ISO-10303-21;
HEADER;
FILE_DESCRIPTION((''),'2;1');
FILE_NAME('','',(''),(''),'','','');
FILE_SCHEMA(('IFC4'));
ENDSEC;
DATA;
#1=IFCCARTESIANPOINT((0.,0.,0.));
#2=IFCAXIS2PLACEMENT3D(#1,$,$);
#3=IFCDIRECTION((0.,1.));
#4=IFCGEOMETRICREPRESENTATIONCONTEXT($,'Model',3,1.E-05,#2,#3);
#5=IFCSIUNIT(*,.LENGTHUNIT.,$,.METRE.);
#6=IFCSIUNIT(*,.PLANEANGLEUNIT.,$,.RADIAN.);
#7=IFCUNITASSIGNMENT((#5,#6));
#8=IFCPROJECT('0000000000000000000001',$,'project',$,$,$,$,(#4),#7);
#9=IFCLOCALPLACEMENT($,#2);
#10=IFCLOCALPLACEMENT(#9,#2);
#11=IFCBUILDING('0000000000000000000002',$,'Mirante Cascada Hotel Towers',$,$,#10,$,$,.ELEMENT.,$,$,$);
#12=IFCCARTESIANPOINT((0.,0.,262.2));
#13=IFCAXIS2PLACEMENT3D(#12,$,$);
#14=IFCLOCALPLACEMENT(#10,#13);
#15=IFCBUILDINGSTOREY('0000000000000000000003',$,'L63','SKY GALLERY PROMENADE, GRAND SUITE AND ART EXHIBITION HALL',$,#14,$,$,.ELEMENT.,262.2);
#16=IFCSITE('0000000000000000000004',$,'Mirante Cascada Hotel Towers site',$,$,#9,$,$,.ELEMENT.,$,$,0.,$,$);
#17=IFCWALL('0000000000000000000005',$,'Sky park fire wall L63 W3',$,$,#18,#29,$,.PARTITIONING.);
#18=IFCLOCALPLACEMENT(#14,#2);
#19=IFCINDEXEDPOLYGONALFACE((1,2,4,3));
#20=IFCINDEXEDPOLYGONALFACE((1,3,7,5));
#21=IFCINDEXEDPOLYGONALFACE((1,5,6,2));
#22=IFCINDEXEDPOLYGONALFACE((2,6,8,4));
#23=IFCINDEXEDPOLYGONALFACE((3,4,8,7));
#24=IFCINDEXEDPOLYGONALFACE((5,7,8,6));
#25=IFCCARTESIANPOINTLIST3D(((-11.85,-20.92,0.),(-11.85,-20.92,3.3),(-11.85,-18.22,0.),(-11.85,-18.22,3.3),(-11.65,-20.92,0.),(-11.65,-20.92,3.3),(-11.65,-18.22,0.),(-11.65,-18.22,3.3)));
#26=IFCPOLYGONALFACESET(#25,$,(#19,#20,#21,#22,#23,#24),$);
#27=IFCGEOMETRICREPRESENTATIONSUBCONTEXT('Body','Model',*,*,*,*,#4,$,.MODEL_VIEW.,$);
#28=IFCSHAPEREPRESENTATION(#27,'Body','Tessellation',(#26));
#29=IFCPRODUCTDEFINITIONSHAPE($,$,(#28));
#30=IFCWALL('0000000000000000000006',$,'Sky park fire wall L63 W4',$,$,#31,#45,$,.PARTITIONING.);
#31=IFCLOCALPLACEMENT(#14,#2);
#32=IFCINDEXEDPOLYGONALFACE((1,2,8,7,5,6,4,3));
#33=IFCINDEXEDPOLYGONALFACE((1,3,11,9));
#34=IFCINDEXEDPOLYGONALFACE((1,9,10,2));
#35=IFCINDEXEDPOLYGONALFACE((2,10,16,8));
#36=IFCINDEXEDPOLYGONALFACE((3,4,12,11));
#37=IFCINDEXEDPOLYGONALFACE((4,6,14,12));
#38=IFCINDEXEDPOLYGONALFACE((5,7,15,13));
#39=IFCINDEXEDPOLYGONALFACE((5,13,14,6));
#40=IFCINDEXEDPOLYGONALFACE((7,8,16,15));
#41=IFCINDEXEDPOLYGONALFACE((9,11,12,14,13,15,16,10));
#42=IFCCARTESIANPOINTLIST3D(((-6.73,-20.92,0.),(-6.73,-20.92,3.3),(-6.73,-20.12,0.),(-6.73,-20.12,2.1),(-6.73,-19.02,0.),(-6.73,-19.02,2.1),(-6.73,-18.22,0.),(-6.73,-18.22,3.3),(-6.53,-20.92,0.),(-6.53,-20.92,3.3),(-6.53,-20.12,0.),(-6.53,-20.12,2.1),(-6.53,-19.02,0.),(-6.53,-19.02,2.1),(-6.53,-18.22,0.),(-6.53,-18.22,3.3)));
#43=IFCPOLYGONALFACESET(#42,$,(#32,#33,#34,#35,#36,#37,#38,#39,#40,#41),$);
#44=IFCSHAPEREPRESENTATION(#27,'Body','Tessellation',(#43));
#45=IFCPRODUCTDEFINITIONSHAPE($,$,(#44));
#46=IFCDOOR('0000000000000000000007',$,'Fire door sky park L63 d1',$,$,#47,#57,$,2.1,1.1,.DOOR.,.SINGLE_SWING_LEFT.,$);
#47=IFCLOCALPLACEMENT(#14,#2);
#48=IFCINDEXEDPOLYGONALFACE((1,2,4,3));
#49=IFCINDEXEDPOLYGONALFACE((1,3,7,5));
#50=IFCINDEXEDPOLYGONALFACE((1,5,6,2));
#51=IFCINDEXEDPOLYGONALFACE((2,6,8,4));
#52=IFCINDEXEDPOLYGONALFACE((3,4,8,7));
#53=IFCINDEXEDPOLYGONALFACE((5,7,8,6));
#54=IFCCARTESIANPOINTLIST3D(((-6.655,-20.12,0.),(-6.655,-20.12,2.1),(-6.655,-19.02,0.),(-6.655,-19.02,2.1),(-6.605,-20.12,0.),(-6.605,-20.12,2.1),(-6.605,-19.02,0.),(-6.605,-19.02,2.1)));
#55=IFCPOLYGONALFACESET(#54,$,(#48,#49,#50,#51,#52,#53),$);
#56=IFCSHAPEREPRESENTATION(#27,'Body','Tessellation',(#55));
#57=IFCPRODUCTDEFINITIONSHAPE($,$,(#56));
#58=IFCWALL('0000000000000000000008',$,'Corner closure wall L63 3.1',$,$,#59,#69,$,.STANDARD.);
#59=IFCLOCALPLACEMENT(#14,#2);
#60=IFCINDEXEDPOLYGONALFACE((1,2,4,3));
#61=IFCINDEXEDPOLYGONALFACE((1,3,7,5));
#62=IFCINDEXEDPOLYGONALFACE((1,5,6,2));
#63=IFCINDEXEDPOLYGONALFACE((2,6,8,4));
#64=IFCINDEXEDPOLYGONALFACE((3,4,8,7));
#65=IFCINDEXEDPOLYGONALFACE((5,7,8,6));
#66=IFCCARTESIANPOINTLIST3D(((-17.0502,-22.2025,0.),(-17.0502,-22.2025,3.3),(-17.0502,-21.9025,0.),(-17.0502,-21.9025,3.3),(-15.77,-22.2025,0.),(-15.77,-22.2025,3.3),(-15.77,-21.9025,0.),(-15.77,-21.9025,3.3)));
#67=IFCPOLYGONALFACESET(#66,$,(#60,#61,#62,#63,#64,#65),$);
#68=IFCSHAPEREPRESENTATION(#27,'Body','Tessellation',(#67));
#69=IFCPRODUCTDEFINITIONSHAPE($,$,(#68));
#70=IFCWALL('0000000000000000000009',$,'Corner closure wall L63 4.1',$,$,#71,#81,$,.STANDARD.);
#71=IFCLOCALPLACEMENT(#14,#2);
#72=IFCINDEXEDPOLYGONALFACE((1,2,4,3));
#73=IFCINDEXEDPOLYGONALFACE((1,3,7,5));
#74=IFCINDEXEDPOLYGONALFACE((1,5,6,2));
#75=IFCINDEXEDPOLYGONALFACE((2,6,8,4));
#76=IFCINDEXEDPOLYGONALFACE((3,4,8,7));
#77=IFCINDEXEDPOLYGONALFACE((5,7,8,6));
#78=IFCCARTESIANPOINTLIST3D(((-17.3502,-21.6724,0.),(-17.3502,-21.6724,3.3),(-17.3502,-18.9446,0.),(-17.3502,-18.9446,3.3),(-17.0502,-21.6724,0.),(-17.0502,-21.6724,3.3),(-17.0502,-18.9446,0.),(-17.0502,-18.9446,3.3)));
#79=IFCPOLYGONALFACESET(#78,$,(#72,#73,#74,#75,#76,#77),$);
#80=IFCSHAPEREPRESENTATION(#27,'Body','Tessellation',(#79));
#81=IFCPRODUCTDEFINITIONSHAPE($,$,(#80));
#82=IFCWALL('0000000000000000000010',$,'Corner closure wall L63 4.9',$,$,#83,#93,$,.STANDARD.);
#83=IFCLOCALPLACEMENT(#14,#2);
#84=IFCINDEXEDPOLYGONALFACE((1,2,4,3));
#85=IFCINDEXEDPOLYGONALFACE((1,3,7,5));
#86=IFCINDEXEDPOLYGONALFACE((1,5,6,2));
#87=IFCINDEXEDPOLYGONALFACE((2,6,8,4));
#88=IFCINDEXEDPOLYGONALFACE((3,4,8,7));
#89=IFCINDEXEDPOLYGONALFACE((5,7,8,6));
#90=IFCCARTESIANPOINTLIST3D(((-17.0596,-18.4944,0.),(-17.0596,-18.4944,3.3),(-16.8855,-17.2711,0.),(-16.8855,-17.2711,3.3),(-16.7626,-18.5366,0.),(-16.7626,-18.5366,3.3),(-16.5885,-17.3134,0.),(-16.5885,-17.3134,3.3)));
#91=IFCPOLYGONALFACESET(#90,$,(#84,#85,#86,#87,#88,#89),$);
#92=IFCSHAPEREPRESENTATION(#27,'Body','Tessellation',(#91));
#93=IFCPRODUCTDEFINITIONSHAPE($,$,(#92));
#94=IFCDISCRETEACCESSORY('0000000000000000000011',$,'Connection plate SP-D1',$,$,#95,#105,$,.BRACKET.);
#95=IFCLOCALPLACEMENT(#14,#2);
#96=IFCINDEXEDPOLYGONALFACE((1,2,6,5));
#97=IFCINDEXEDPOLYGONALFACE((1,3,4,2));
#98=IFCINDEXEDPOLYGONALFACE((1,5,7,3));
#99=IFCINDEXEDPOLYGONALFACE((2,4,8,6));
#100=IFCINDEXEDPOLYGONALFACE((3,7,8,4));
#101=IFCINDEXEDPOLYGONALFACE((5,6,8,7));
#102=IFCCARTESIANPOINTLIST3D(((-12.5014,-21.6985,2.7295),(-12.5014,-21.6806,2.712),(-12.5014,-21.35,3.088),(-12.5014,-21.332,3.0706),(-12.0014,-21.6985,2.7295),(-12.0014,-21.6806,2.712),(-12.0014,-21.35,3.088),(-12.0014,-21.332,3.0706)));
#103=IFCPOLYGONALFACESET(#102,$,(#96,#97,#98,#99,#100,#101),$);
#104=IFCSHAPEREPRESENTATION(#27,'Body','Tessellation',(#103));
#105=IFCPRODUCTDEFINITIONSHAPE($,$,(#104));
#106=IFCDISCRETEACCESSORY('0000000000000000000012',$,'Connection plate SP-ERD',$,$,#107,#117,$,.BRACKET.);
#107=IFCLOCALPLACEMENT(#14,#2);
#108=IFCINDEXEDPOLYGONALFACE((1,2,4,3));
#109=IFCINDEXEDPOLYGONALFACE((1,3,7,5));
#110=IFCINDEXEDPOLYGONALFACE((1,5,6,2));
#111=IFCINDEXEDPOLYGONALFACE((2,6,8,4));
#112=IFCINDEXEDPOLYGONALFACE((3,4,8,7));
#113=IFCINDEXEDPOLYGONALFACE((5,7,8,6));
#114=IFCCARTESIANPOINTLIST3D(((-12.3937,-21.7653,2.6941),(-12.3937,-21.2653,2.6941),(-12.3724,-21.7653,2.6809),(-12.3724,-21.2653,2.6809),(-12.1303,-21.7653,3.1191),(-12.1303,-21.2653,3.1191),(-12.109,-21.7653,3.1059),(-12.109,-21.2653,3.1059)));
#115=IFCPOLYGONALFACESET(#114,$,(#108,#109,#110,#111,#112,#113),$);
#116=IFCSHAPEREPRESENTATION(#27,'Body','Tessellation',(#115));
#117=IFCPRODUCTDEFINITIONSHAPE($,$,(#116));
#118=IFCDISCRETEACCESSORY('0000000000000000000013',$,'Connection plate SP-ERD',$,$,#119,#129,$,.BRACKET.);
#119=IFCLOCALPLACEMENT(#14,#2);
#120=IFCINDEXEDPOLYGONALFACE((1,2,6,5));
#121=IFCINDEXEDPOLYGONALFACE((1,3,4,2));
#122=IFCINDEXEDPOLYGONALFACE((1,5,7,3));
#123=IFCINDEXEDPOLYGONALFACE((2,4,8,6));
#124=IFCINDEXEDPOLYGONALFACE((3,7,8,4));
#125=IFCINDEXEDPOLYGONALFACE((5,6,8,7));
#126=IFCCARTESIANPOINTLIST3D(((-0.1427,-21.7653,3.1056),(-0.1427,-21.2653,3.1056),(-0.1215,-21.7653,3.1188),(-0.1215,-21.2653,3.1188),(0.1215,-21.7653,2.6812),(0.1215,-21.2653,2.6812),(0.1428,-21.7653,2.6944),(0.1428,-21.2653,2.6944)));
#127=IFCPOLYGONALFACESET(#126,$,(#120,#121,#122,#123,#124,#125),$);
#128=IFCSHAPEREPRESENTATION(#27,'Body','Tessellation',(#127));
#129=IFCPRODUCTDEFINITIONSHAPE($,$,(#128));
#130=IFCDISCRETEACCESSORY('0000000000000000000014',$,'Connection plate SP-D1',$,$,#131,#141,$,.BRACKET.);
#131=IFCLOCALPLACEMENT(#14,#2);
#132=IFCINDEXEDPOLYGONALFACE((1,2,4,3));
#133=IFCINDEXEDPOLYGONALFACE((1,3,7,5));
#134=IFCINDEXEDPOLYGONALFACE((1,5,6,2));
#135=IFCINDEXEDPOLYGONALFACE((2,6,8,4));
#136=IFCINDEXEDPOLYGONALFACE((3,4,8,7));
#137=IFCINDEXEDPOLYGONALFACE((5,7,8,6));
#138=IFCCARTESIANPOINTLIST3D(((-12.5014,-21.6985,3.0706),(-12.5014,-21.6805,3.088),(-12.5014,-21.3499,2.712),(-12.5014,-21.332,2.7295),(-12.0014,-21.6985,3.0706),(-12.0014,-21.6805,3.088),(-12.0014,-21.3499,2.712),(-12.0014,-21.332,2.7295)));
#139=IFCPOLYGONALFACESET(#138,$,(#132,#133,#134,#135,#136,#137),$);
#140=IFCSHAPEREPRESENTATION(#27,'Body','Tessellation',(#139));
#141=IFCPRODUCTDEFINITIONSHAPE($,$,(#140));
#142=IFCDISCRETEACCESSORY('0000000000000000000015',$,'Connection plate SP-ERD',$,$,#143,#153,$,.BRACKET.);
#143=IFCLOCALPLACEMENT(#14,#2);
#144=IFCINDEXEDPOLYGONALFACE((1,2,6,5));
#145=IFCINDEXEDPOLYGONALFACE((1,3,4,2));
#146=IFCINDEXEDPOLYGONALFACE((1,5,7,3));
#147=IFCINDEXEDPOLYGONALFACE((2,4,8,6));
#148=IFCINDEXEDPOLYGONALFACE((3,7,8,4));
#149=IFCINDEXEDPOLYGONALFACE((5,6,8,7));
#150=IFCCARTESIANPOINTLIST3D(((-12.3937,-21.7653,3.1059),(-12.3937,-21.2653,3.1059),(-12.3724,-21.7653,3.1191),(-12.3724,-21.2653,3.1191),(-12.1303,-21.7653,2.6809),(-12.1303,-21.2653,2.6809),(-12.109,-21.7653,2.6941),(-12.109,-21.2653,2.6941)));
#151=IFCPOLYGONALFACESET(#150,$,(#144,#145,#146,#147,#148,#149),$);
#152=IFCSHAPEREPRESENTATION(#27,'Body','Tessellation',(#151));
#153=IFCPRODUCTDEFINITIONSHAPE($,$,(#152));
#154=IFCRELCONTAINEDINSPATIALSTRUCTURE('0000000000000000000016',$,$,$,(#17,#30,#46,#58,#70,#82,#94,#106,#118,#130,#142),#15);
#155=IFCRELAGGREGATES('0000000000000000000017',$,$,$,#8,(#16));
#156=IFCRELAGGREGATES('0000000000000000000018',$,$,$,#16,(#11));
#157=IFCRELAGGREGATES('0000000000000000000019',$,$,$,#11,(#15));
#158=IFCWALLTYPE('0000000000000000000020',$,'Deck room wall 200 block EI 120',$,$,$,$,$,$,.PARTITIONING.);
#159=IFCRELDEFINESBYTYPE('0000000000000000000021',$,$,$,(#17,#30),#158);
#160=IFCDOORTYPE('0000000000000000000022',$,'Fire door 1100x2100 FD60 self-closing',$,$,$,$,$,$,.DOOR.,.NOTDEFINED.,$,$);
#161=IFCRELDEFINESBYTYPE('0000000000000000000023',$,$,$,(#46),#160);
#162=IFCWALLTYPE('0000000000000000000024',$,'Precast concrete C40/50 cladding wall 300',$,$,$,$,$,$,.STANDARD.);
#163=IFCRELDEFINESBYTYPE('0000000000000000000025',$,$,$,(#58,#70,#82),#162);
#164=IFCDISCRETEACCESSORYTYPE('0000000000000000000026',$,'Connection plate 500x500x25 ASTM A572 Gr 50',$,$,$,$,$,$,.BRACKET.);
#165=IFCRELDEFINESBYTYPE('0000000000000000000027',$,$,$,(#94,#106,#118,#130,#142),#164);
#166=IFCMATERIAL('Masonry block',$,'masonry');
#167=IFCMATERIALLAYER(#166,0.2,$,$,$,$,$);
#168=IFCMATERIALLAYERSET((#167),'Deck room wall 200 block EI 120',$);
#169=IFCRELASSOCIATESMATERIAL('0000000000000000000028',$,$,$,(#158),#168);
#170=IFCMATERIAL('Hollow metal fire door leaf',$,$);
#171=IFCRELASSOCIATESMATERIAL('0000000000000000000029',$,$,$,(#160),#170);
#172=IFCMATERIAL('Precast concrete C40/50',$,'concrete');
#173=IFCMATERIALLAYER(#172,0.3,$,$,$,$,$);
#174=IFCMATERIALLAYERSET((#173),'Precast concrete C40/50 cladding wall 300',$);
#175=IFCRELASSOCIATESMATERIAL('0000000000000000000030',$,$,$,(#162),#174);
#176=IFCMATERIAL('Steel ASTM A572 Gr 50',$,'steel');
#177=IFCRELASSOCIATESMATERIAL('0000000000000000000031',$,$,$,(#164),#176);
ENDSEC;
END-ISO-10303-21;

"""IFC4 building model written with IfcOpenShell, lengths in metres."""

from ifc_helpers import new_model, si_unit, direction, frame, frame_2d, origin, origin_2d, place, context, subcontext, project, spatial, rectangle, extrude, material, layer, layer_set, material_profile, profile_set, type_object, element, fill, save


model = new_model("IFC4")

# Units and contexts
model_context = context("Model", 3, precision=1e-05, world=origin(), true_north=direction((0.0, 1.0)))
body_context = subcontext(model_context, "Body", "Model", "MODEL_VIEW")
ifc_project = project(units=[si_unit("LENGTHUNIT", "METRE"), si_unit("PLANEANGLEUNIT", "RADIAN")], contexts=[model_context])

# Site, building, storey
site_placement = place(None, origin())
site = spatial("IfcSite", under=ifc_project, at=site_placement, Name="Mirante Cascada Hotel Towers site", CompositionType="ELEMENT", RefElevation=0.0)
building_placement = place(site_placement, origin())
building = spatial("IfcBuilding", under=site, at=building_placement, Name="Mirante Cascada Hotel Towers", CompositionType="ELEMENT")
storey_placement = place(building_placement, frame((0.0, 0.0, 262.2)))
storey = spatial("IfcBuildingStorey", under=building, at=storey_placement, Name="L63", Description="SKY GALLERY PROMENADE, GRAND SUITE AND ART EXHIBITION HALL", CompositionType="ELEMENT", Elevation=262.2)

# Wall
ifc_material_1 = material(Name="Masonry block", Category="masonry")
ifc_layer_1 = layer(ifc_material_1, 0.2)
ifc_layer_set_1 = layer_set([ifc_layer_1], Name="Deck room wall 200 block EI 120")
wall_type_1 = type_object("IfcWallType", Name="Deck room wall 200 block EI 120", PredefinedType="PARTITIONING", material=ifc_layer_set_1)
wall_1_placement = place(storey_placement, frame((-11.75, -20.92, 0.0), z_axis=(0.0, 0.0, 1.0), x_axis=(0.0, 1.0, 0.0)))
element("IfcWall", 1, at=wall_1_placement, inside=storey, type_object=wall_type_1, Name="Sky park fire wall L63 W3", PredefinedType="PARTITIONING", context=body_context, shape_type="SweptSolid", body=[
    extrude(rectangle(XDim=2.7, YDim=0.2, at=frame_2d((1.35, 0.0))), origin(), (0.0, 0.0, 1.0), 3.3),
])

# Wall, opening, door
wall_2_placement = place(storey_placement, frame((-6.63, -20.92, 0.0), z_axis=(0.0, 0.0, 1.0), x_axis=(0.0, 1.0, 0.0)))
wall_2 = element("IfcWall", 2, at=wall_2_placement, inside=storey, type_object=wall_type_1, Name="Sky park fire wall L63 W4", PredefinedType="PARTITIONING", context=body_context, shape_type="SweptSolid", body=[
    extrude(rectangle(XDim=2.7, YDim=0.2, at=frame_2d((1.35, 0.0))), origin(), (0.0, 0.0, 1.0), 3.3),
])
opening_placement = place(wall_2_placement, frame((0.8, 0.0, 0.0)))
opening = element("IfcOpeningElement", 3, at=opening_placement, cuts=wall_2, PredefinedType="OPENING", context=body_context, shape_type="SweptSolid", body=[
    extrude(rectangle(XDim=1.1, YDim=2.1, at=frame_2d((0.55, 1.05))), frame((0.0, 0.1, 0.0), z_axis=(0.0, -1.0, 0.0), x_axis=(1.0, 0.0, 0.0)), (0.0, 0.0, 1.0), 0.2),
])
ifc_material_2 = material(Name="Hollow metal fire door leaf")
door_type = type_object("IfcDoorType", Name="Fire door 1100x2100 FD60 self-closing", OperationType="NOTDEFINED", PredefinedType="DOOR", material=ifc_material_2)
door_placement = place(opening_placement, origin())
door = element("IfcDoor", 4, at=door_placement, inside=storey, type_object=door_type, Name="Fire door sky park L63 d1", OperationType="SINGLE_SWING_LEFT", OverallHeight=2.1, OverallWidth=1.1, PredefinedType="DOOR", context=body_context, shape_type="SweptSolid", body=[
    extrude(rectangle(XDim=1.1, YDim=2.1, at=frame_2d((0.55, 1.05))), frame((0.0, 0.025, 0.0), z_axis=(0.0, -1.0, 0.0), x_axis=(1.0, 0.0, 0.0)), (0.0, 0.0, 1.0), 0.05),
])
fill(opening, door)

# Walls
ifc_material_3 = material(Name="Precast concrete C40/50", Category="concrete")
ifc_layer_2 = layer(ifc_material_3, 0.3)
ifc_layer_set_2 = layer_set([ifc_layer_2], Name="Precast concrete C40/50 cladding wall 300")
wall_type_2 = type_object("IfcWallType", Name="Precast concrete C40/50 cladding wall 300", PredefinedType="STANDARD", material=ifc_layer_set_2)
wall_3_placement = place(storey_placement, frame((-15.77, -22.0525, 0.0), z_axis=(0.0, 0.0, 1.0), x_axis=(-1.0, 0.0, 0.0)))
element("IfcWall", 5, at=wall_3_placement, inside=storey, type_object=wall_type_2, Name="Corner closure wall L63 3.1", PredefinedType="STANDARD", context=body_context, shape_type="SweptSolid", body=[
    extrude(rectangle(XDim=1.2802, YDim=0.3, at=frame_2d((0.6401, 0.0))), origin(), (0.0, 0.0, 1.0), 3.3),
])
wall_4_placement = place(storey_placement, frame((-17.2002, -21.6725, 0.0), z_axis=(0.0, 0.0, 1.0), x_axis=(0.0, 1.0, 0.0)))
element("IfcWall", 6, at=wall_4_placement, inside=storey, type_object=wall_type_2, Name="Corner closure wall L63 4.1", PredefinedType="STANDARD", context=body_context, shape_type="SweptSolid", body=[
    extrude(rectangle(XDim=2.7279, YDim=0.3, at=frame_2d((1.364, 0.0))), origin(), (0.0, 0.0, 1.0), 3.3),
])
wall_5_placement = place(storey_placement, frame((-16.9111, -18.5155, 0.0), z_axis=(0.0, 0.0, 1.0), x_axis=(0.1409, 0.990024, 0.0)))
element("IfcWall", 7, at=wall_5_placement, inside=storey, type_object=wall_type_2, Name="Corner closure wall L63 4.9", PredefinedType="STANDARD", context=body_context, shape_type="SweptSolid", body=[
    extrude(rectangle(XDim=1.2356, YDim=0.3, at=frame_2d((0.6178, 0.0))), origin(), (0.0, 0.0, 1.0), 3.3),
])

# Discrete accessories
ifc_material_4 = material(Name="Steel ASTM A572 Gr 50", Category="steel")
ifc_material_profile_1 = material_profile(ifc_material_4, rectangle(XDim=0.5, YDim=0.5, at=origin_2d()), Name="Connection plate 500x500x25 ASTM A572 Gr 50")
ifc_profile_set_1 = profile_set([ifc_material_profile_1], Name="Steel ASTM A572 Gr 50")
discrete_accessory_type = type_object("IfcDiscreteAccessoryType", Name="Connection plate 500x500x25 ASTM A572 Gr 50", PredefinedType="BRACKET", material=ifc_profile_set_1)
discrete_accessory_1_placement = place(storey_placement, frame((-12.2514, -21.5063, 2.8913), z_axis=(0.0, -0.717051, 0.697021), x_axis=(1.0, 0.0, 0.0)))
element("IfcDiscreteAccessory", 8, at=discrete_accessory_1_placement, inside=storey, type_object=discrete_accessory_type, Name="Connection plate SP-D1", PredefinedType="BRACKET", context=body_context, shape_type="SweptSolid", body=[
    extrude(rectangle(XDim=0.5, YDim=0.5, at=origin_2d()), origin(), (0.0, 0.0, 1.0), 0.025),
])
discrete_accessory_2_placement = place(storey_placement, frame((-12.2407, -21.5153, 2.8934), z_axis=(-0.85001, 0.0, 0.526767), x_axis=(0.0, -1.0, 0.0)))
element("IfcDiscreteAccessory", 9, at=discrete_accessory_2_placement, inside=storey, type_object=discrete_accessory_type, Name="Connection plate SP-ERD", PredefinedType="BRACKET", context=body_context, shape_type="SweptSolid", body=[
    extrude(rectangle(XDim=0.5, YDim=0.5, at=origin_2d()), origin(), (0.0, 0.0, 1.0), 0.0251),
])
for number, where, z_axis, x_axis, name in (
    (10, (-0.0106, -21.5153, 2.8934), (0.848897, 0.0, 0.528559), (0.0, 1.0, 0.0), "Connection plate SP-ERD"),
    (11, (-12.2514, -21.5242, 2.8913), (0.0, 0.717051, 0.697021), (-1.0, 0.0, 0.0), "Connection plate SP-D1"),
):
    element("IfcDiscreteAccessory", number, at=place(storey_placement, frame(where, z_axis=z_axis, x_axis=x_axis)), inside=storey, type_object=discrete_accessory_type, Name=name, PredefinedType="BRACKET", context=body_context, shape_type="SweptSolid", body=[
        extrude(rectangle(XDim=0.5, YDim=0.5, at=origin_2d()), origin(), (0.0, 0.0, 1.0), 0.025),
    ])
discrete_accessory_3_placement = place(storey_placement, frame((-12.262, -21.5153, 2.8934), z_axis=(0.85001, 0.0, 0.526767), x_axis=(0.0, 1.0, 0.0)))
element("IfcDiscreteAccessory", 12, at=discrete_accessory_3_placement, inside=storey, type_object=discrete_accessory_type, Name="Connection plate SP-ERD", PredefinedType="BRACKET", context=body_context, shape_type="SweptSolid", body=[
    extrude(rectangle(XDim=0.5, YDim=0.5, at=origin_2d()), origin(), (0.0, 0.0, 1.0), 0.0251),
])

save(model, "model.ifc")
